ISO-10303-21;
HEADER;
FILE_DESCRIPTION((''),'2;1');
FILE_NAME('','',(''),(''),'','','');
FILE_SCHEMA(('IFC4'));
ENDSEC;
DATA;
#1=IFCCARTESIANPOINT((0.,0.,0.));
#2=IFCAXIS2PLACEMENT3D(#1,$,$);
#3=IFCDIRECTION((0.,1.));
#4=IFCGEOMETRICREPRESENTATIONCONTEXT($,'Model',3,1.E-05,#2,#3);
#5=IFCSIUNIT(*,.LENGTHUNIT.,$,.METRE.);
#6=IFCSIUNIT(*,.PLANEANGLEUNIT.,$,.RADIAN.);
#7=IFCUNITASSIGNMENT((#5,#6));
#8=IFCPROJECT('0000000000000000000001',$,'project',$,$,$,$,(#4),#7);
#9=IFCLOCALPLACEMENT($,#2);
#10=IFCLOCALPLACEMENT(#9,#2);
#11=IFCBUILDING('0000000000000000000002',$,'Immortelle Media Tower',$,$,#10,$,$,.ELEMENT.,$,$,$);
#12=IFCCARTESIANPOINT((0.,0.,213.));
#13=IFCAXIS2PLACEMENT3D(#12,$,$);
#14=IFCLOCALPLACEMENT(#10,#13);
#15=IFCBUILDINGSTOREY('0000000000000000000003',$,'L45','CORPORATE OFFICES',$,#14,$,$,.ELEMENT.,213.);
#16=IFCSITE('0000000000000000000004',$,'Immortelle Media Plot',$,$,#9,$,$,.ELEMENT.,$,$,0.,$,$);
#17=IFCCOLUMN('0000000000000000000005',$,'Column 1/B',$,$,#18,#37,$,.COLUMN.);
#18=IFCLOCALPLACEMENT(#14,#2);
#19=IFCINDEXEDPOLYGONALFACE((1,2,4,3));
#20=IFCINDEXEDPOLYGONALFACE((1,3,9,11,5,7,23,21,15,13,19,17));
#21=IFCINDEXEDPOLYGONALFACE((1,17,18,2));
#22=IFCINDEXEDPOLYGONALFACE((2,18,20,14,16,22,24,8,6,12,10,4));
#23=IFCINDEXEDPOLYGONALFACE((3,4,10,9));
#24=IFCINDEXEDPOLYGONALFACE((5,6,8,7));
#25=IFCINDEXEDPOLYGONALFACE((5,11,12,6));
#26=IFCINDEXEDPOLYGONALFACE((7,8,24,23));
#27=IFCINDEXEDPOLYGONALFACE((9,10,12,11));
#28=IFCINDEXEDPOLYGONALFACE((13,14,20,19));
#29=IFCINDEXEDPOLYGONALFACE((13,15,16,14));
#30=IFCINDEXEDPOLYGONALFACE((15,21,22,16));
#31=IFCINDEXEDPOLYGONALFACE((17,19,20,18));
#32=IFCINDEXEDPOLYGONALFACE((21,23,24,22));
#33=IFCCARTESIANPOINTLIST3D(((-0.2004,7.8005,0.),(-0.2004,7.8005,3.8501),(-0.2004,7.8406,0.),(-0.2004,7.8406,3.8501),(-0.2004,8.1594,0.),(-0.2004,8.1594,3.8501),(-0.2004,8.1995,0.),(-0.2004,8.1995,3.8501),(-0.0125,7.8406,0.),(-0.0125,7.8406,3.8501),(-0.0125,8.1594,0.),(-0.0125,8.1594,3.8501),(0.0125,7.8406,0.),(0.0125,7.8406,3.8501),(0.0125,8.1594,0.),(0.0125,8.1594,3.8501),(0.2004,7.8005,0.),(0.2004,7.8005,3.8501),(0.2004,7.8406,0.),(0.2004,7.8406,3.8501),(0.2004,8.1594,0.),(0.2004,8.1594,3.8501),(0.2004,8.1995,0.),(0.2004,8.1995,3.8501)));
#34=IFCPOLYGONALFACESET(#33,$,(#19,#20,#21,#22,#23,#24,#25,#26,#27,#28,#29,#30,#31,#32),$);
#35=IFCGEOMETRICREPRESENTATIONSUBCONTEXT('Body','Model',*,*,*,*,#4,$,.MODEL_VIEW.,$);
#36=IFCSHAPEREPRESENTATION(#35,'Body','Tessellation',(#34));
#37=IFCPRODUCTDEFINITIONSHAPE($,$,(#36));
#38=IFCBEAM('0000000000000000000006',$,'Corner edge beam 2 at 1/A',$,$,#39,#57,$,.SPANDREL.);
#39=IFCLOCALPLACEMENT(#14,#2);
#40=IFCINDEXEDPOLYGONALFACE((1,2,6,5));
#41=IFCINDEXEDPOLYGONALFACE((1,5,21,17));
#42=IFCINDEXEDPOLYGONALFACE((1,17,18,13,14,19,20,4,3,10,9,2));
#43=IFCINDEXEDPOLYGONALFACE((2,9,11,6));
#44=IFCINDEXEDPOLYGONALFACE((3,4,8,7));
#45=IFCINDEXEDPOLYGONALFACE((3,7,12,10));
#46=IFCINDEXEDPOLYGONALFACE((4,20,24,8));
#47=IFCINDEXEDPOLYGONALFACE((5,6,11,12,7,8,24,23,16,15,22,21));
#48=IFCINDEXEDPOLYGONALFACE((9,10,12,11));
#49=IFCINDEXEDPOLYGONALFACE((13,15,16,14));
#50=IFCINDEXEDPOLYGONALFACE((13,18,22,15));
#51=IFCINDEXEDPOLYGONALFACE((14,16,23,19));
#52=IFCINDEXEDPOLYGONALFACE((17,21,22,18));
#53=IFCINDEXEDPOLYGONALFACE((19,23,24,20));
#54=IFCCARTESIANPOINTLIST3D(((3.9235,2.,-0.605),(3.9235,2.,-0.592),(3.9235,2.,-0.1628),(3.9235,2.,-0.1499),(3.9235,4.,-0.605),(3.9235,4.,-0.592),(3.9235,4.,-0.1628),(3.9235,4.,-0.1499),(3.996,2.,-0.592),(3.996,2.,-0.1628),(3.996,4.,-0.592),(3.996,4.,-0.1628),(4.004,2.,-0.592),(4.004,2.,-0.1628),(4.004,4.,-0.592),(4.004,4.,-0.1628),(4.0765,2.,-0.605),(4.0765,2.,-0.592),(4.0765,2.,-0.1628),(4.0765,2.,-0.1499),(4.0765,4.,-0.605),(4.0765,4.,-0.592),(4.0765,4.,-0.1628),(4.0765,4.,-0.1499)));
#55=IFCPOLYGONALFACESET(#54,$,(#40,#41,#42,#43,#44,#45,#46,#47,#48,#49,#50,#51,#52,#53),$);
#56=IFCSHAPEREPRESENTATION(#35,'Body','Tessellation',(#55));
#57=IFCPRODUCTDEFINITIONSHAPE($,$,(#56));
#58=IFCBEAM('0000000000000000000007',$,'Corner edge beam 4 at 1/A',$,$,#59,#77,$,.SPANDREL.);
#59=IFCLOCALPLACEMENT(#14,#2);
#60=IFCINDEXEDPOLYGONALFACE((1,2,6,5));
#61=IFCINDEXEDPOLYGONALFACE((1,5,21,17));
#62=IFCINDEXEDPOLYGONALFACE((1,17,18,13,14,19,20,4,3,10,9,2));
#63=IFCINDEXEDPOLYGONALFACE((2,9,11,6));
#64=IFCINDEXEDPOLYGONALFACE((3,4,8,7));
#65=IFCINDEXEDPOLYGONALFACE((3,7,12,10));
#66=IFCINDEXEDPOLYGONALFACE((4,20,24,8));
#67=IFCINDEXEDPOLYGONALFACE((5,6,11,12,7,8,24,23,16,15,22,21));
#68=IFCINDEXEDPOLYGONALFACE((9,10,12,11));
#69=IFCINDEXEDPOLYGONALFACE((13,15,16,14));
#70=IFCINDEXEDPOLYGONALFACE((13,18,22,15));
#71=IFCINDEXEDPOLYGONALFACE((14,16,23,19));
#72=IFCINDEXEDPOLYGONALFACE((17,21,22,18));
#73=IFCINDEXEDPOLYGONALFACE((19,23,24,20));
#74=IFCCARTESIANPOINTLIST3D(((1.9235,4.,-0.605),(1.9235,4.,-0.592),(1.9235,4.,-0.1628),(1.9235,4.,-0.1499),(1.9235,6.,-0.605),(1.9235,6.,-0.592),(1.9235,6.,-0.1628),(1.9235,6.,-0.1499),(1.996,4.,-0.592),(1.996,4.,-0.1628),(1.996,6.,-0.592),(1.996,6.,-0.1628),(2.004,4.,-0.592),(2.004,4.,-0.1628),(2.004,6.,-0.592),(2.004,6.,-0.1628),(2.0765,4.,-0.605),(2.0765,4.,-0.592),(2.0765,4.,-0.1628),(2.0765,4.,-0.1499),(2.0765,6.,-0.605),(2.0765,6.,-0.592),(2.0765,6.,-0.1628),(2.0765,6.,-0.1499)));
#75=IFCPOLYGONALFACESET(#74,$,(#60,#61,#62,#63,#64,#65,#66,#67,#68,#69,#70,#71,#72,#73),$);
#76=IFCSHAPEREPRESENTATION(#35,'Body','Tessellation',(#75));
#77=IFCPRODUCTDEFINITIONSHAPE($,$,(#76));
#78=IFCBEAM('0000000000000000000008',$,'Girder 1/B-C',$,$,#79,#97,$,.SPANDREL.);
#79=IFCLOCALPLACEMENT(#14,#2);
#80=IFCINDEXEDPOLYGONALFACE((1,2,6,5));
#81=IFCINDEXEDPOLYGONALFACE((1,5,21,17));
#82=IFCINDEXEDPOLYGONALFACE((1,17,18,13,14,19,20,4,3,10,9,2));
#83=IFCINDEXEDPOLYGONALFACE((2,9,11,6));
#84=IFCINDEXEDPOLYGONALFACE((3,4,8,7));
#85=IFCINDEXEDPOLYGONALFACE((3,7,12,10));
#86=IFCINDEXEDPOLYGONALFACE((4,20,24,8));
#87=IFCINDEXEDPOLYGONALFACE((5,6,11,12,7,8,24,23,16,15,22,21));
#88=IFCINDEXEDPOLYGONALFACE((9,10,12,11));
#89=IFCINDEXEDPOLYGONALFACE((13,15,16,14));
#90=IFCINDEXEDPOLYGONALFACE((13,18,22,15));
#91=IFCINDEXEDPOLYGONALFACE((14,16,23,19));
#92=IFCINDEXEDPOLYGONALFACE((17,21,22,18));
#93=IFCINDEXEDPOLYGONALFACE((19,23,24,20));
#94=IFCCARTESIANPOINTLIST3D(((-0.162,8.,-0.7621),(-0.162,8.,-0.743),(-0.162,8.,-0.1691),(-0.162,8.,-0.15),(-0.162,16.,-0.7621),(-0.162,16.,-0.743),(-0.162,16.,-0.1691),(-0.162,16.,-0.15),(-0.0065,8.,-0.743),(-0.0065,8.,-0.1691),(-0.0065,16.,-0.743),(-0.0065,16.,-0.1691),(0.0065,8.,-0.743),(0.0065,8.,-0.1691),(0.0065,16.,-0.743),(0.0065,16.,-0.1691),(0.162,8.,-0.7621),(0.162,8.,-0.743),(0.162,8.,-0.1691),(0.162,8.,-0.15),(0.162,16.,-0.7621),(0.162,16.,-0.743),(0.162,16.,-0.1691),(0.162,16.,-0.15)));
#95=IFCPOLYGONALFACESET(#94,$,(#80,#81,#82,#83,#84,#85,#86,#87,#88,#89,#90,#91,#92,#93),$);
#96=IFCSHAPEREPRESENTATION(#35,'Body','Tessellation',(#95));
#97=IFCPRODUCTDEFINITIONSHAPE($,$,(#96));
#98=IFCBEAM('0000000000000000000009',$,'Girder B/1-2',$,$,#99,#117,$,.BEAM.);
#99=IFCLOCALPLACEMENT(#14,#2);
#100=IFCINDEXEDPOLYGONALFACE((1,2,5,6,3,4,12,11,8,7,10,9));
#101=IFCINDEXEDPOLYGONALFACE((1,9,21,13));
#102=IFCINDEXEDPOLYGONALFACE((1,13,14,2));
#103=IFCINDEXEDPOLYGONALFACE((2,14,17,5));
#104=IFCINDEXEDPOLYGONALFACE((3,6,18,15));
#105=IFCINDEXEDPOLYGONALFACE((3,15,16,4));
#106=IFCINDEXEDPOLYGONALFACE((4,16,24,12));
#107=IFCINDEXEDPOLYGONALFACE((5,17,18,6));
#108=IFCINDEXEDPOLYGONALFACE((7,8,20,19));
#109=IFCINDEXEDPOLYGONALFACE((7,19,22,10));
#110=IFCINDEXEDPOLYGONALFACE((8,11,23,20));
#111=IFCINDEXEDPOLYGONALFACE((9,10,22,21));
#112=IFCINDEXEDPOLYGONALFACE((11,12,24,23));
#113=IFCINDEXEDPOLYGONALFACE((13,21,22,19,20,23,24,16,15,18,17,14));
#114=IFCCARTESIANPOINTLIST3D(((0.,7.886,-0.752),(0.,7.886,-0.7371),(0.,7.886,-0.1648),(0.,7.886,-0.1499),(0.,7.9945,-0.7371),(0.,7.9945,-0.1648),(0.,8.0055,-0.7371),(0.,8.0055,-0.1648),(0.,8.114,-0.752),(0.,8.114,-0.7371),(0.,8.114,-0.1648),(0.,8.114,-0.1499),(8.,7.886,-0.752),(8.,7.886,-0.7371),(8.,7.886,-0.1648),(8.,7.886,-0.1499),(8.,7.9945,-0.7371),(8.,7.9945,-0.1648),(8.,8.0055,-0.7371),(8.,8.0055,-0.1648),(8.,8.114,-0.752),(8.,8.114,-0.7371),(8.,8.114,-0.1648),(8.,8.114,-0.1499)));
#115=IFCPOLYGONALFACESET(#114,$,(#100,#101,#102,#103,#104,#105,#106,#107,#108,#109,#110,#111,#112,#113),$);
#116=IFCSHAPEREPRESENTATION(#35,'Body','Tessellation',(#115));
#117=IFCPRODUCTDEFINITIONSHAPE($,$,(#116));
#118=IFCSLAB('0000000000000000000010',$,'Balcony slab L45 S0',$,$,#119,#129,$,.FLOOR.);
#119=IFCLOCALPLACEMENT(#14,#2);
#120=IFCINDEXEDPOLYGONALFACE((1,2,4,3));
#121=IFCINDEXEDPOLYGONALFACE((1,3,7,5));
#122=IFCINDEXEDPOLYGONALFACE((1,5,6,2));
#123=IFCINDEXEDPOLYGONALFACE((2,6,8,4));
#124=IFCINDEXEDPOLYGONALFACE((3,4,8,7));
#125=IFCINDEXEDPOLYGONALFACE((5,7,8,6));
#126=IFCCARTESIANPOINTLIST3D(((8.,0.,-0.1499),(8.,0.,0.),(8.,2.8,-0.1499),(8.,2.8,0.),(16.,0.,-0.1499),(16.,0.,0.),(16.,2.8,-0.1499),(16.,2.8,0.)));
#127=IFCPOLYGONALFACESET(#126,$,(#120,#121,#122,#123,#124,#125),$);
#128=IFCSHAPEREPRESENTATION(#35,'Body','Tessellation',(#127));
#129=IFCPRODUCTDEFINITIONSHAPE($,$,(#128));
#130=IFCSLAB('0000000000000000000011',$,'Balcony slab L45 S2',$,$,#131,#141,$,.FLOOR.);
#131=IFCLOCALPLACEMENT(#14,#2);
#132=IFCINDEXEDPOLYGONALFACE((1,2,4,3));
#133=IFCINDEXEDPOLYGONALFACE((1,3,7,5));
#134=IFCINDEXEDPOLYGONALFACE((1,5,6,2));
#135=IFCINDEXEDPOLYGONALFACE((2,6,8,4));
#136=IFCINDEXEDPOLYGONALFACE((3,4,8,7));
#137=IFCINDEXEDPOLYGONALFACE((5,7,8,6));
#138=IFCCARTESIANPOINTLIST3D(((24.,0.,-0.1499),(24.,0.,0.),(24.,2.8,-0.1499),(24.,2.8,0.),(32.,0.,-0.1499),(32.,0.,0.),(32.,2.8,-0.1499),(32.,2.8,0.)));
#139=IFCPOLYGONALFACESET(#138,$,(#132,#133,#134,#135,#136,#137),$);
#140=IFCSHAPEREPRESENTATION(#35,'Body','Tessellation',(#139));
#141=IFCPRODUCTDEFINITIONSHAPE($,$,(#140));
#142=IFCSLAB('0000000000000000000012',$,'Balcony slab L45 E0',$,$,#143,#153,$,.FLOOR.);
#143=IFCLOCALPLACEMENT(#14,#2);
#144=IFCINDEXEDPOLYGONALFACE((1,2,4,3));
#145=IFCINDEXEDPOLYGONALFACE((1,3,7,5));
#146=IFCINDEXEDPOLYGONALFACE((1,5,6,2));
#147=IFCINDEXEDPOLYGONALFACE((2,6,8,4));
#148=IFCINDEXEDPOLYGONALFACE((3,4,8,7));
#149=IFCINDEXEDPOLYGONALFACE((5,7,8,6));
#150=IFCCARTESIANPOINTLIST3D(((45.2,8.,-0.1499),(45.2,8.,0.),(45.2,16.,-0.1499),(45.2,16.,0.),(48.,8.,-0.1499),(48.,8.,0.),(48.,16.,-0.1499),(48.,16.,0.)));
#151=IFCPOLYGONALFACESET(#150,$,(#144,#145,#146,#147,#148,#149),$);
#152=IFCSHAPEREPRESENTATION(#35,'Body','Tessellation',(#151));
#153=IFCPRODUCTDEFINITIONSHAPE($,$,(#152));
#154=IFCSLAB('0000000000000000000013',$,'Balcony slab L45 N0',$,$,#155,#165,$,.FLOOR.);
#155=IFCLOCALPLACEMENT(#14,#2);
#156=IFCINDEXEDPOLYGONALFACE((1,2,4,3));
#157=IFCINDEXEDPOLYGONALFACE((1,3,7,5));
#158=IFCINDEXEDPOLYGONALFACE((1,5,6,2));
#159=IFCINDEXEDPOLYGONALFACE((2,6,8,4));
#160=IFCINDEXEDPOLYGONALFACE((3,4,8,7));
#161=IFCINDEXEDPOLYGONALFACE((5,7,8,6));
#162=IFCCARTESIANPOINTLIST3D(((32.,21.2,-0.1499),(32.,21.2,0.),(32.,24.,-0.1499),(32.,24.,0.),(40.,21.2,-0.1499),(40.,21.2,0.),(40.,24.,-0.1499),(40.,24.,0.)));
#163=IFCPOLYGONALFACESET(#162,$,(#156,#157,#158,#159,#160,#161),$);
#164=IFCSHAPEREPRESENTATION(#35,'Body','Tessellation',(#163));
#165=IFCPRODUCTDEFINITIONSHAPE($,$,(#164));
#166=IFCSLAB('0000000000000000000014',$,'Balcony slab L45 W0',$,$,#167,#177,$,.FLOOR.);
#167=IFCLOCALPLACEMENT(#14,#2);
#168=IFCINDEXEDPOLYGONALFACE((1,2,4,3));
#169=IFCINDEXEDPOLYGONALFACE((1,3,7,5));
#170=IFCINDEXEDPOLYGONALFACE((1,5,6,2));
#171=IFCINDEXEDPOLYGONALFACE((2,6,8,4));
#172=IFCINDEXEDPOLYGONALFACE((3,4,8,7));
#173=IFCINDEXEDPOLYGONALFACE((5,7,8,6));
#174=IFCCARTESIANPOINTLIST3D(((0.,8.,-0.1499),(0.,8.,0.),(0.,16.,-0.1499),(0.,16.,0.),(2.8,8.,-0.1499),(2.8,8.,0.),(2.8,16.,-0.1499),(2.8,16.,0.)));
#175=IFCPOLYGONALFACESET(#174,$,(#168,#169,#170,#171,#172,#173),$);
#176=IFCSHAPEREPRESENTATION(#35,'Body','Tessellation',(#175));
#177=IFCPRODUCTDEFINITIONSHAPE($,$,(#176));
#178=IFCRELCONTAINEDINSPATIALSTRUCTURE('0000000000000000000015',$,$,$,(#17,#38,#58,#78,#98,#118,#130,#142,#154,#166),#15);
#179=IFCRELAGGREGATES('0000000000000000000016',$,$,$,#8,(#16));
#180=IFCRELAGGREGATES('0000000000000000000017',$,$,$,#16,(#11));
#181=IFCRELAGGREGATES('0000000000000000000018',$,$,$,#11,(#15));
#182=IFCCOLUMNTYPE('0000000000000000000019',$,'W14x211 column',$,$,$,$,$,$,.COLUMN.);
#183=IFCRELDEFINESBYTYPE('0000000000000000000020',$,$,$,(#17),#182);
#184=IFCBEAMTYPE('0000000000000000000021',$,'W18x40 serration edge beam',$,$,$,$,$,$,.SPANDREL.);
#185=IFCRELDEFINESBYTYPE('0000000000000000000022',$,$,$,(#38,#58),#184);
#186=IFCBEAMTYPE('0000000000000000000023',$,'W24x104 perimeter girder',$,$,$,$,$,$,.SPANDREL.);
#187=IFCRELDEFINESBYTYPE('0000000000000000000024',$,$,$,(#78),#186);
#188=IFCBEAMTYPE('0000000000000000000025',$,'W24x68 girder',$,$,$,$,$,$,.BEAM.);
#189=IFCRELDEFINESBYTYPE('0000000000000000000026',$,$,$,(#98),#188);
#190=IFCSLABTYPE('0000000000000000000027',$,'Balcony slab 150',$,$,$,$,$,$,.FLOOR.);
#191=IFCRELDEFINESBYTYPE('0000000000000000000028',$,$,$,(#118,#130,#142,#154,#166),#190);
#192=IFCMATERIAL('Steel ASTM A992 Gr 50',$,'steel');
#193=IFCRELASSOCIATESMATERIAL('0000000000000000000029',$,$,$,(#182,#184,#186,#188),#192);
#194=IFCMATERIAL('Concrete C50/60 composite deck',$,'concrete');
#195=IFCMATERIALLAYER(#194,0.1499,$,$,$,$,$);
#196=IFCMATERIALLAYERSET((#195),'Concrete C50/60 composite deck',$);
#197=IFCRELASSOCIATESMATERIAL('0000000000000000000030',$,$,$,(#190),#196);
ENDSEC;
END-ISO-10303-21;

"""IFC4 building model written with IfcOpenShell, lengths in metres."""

from ifc_helpers import new_model, si_unit, direction, frame, origin, origin_2d, place, context, subcontext, project, spatial, polyline, i_section, outline, extrude, material, layer, layer_set, material_profile, profile_set, type_object, element, save


model = new_model("IFC4")

# Units and contexts
model_context = context("Model", 3, precision=1e-05, world=origin(), true_north=direction((0.0, 1.0)))
body_context = subcontext(model_context, "Body", "Model", "MODEL_VIEW")
ifc_project = project(units=[si_unit("LENGTHUNIT", "METRE"), si_unit("PLANEANGLEUNIT", "RADIAN")], contexts=[model_context])

# Site, building, storey
site_placement = place(None, origin())
site = spatial("IfcSite", under=ifc_project, at=site_placement, Name="Immortelle Media Plot", CompositionType="ELEMENT", RefElevation=0.0)
building_placement = place(site_placement, origin())
building = spatial("IfcBuilding", under=site, at=building_placement, Name="Immortelle Media Tower", CompositionType="ELEMENT")
storey_placement = place(building_placement, frame((0.0, 0.0, 213.0)))
storey = spatial("IfcBuildingStorey", under=building, at=storey_placement, Name="L45", Description="CORPORATE OFFICES", CompositionType="ELEMENT", Elevation=213.0)

# Column
ifc_material_1 = material(Name="Steel ASTM A992 Gr 50", Category="steel")
ifc_material_profile_1 = material_profile(ifc_material_1, i_section(OverallWidth=0.4009, OverallDepth=0.3989, WebThickness=0.0249, FlangeThickness=0.04, at=origin_2d()), Name="W14x211")
ifc_profile_set_1 = profile_set([ifc_material_profile_1], Name="Steel ASTM A992 Gr 50")
column_type = type_object("IfcColumnType", Name="W14x211 column", PredefinedType="COLUMN", material=ifc_profile_set_1)
column_placement = place(storey_placement, frame((0.0, 8.0, 0.0), z_axis=(0.0, 0.0, 1.0), x_axis=(1.0, 0.0, 0.0)))
element("IfcColumn", 1, at=column_placement, inside=storey, type_object=column_type, Name="Column 1/B", PredefinedType="COLUMN", context=body_context, shape_type="SweptSolid", body=[
    extrude(i_section(OverallWidth=0.4009, OverallDepth=0.3989, WebThickness=0.0249, FlangeThickness=0.04, at=origin_2d()), origin(), (0.0, 0.0, 1.0), 3.8501),
])

# Beams
ifc_material_profile_2 = material_profile(ifc_material_1, i_section(OverallWidth=0.1531, OverallDepth=0.4551, WebThickness=0.0081, FlangeThickness=0.0129, at=origin_2d()), Name="W18x40")
ifc_profile_set_2 = profile_set([ifc_material_profile_2], Name="Steel ASTM A992 Gr 50")
beam_type_1 = type_object("IfcBeamType", Name="W18x40 serration edge beam", PredefinedType="SPANDREL", material=ifc_profile_set_2)
for number, where, z_axis, x_axis, name in (
    (2, (4.0, 2.0, -0.3774), (0.0, 1.0, 0.0), (-1.0, 0.0, 0.0), "Corner edge beam 2 at 1/A"),
    (3, (2.0, 4.0, -0.3774), (0.0, 1.0, 0.0), (-1.0, 0.0, 0.0), "Corner edge beam 4 at 1/A"),
):
    element("IfcBeam", number, at=place(storey_placement, frame(where, z_axis=z_axis, x_axis=x_axis)), inside=storey, type_object=beam_type_1, Name=name, PredefinedType="SPANDREL", context=body_context, shape_type="SweptSolid", body=[
        extrude(i_section(OverallWidth=0.1531, OverallDepth=0.4551, WebThickness=0.0081, FlangeThickness=0.0129, at=origin_2d()), origin(), (0.0, 0.0, 1.0), 2.0),
    ])
ifc_material_profile_3 = material_profile(ifc_material_1, i_section(OverallWidth=0.324, OverallDepth=0.6121, WebThickness=0.0129, FlangeThickness=0.019, at=origin_2d()), Name="W24x104")
ifc_profile_set_3 = profile_set([ifc_material_profile_3], Name="Steel ASTM A992 Gr 50")
beam_type_2 = type_object("IfcBeamType", Name="W24x104 perimeter girder", PredefinedType="SPANDREL", material=ifc_profile_set_3)
beam_1_placement = place(storey_placement, frame((0.0, 8.0, -0.4561), z_axis=(0.0, 1.0, 0.0), x_axis=(-1.0, 0.0, 0.0)))
element("IfcBeam", 4, at=beam_1_placement, inside=storey, type_object=beam_type_2, Name="Girder 1/B-C", PredefinedType="SPANDREL", context=body_context, shape_type="SweptSolid", body=[
    extrude(i_section(OverallWidth=0.324, OverallDepth=0.6121, WebThickness=0.0129, FlangeThickness=0.019, at=origin_2d()), origin(), (0.0, 0.0, 1.0), 8.0),
])
ifc_material_profile_4 = material_profile(ifc_material_1, i_section(OverallWidth=0.228, OverallDepth=0.6021, WebThickness=0.011, FlangeThickness=0.0149, at=origin_2d()), Name="W24x68")
ifc_profile_set_4 = profile_set([ifc_material_profile_4], Name="Steel ASTM A992 Gr 50")
beam_type_3 = type_object("IfcBeamType", Name="W24x68 girder", PredefinedType="BEAM", material=ifc_profile_set_4)
beam_2_placement = place(storey_placement, frame((0.0, 8.0, -0.4509), z_axis=(1.0, 0.0, 0.0), x_axis=(0.0, 1.0, 0.0)))
element("IfcBeam", 5, at=beam_2_placement, inside=storey, type_object=beam_type_3, Name="Girder B/1-2", PredefinedType="BEAM", context=body_context, shape_type="SweptSolid", body=[
    extrude(i_section(OverallWidth=0.228, OverallDepth=0.6021, WebThickness=0.011, FlangeThickness=0.0149, at=origin_2d()), origin(), (0.0, 0.0, 1.0), 8.0),
])

# Slabs
ifc_material_2 = material(Name="Concrete C50/60 composite deck", Category="concrete")
ifc_layer_1 = layer(ifc_material_2, 0.1499)
ifc_layer_set_1 = layer_set([ifc_layer_1], Name="Concrete C50/60 composite deck")
slab_type_1 = type_object("IfcSlabType", Name="Balcony slab 150", PredefinedType="FLOOR", material=ifc_layer_set_1)
slab_1_placement = place(storey_placement, frame((0.0, 0.0, -0.1499)))
element("IfcSlab", 6, at=slab_1_placement, inside=storey, type_object=slab_type_1, Name="Balcony slab L45 S0", PredefinedType="FLOOR", context=body_context, shape_type="SweptSolid", body=[
    extrude(outline(polyline([(16.0, 0.0), (16.0, 2.8), (8.0, 2.8), (8.0, 0.0), (16.0, 0.0)])), origin(), (0.0, 0.0, 1.0), 0.1499),
])
slab_2_placement = place(storey_placement, frame((0.0, 0.0, -0.1499)))
element("IfcSlab", 7, at=slab_2_placement, inside=storey, type_object=slab_type_1, Name="Balcony slab L45 S2", PredefinedType="FLOOR", context=body_context, shape_type="SweptSolid", body=[
    extrude(outline(polyline([(32.0, 0.0), (32.0, 2.8), (24.0, 2.8), (24.0, 0.0), (32.0, 0.0)])), origin(), (0.0, 0.0, 1.0), 0.1499),
])
slab_3_placement = place(storey_placement, frame((0.0, 0.0, -0.1499)))
element("IfcSlab", 8, at=slab_3_placement, inside=storey, type_object=slab_type_1, Name="Balcony slab L45 E0", PredefinedType="FLOOR", context=body_context, shape_type="SweptSolid", body=[
    extrude(outline(polyline([(48.0, 8.0), (48.0, 16.0), (45.2, 16.0), (45.2, 8.0), (48.0, 8.0)])), origin(), (0.0, 0.0, 1.0), 0.1499),
])
slab_4_placement = place(storey_placement, frame((0.0, 0.0, -0.1499)))
element("IfcSlab", 9, at=slab_4_placement, inside=storey, type_object=slab_type_1, Name="Balcony slab L45 N0", PredefinedType="FLOOR", context=body_context, shape_type="SweptSolid", body=[
    extrude(outline(polyline([(40.0, 21.2), (40.0, 24.0), (32.0, 24.0), (32.0, 21.2), (40.0, 21.2)])), origin(), (0.0, 0.0, 1.0), 0.1499),
])
slab_5_placement = place(storey_placement, frame((0.0, 0.0, -0.1499)))
element("IfcSlab", 10, at=slab_5_placement, inside=storey, type_object=slab_type_1, Name="Balcony slab L45 W0", PredefinedType="FLOOR", context=body_context, shape_type="SweptSolid", body=[
    extrude(outline(polyline([(2.8, 8.0), (2.8, 16.0), (0.0, 16.0), (0.0, 8.0), (2.8, 8.0)])), origin(), (0.0, 0.0, 1.0), 0.1499),
])

save(model, "model.ifc")
